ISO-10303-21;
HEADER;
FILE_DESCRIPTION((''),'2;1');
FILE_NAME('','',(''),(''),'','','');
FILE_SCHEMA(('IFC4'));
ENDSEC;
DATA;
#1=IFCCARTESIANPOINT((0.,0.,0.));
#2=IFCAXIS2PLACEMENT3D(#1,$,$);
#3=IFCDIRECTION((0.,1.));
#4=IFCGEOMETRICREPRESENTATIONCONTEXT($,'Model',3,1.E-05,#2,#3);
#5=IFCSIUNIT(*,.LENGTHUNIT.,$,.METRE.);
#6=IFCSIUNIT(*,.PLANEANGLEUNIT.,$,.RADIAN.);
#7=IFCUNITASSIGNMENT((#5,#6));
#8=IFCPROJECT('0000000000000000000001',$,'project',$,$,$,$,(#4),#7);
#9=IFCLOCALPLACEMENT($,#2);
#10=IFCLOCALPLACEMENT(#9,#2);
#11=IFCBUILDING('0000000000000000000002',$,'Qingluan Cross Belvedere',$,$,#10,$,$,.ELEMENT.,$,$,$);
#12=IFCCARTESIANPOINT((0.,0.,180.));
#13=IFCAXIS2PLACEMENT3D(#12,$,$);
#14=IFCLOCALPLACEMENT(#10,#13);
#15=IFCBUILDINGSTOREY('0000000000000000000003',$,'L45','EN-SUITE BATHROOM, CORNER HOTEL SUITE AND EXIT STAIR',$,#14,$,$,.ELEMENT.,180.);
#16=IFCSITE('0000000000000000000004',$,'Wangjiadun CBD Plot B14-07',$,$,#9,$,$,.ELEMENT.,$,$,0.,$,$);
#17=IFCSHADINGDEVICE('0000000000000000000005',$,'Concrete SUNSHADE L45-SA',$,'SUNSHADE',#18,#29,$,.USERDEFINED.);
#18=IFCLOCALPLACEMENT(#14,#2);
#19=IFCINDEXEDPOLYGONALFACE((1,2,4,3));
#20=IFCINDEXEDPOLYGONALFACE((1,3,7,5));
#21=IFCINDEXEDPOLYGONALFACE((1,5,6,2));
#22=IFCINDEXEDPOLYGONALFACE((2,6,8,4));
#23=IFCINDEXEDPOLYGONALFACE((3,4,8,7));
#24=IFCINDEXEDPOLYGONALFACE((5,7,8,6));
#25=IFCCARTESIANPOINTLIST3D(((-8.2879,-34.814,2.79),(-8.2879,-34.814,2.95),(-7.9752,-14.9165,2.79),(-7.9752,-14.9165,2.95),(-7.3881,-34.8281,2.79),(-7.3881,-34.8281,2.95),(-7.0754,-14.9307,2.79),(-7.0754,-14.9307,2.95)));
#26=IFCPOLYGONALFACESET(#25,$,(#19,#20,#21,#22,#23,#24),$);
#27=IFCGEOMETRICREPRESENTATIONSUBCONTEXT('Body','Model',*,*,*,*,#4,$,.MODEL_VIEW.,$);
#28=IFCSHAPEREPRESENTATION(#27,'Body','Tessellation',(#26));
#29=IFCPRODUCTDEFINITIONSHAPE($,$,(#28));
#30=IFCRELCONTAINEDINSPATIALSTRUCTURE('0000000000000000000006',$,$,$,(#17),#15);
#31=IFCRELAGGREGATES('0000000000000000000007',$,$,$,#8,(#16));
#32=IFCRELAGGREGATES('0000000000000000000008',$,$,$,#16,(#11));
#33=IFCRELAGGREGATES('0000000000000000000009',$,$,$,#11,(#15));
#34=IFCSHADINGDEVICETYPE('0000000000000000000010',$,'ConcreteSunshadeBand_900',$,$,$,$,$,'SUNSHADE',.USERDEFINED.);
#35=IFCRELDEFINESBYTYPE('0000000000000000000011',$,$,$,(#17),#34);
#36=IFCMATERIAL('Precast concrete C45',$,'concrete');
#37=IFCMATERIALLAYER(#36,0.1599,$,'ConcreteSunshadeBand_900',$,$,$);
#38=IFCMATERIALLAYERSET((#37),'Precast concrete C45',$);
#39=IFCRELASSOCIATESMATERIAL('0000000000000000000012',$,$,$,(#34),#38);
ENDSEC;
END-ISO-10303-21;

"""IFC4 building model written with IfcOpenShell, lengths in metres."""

from ifc_helpers import new_model, si_unit, direction, frame, origin, origin_2d, place, context, subcontext, project, spatial, rectangle, extrude, material, layer, layer_set, type_object, element, save


model = new_model("IFC4")

# Units and contexts
model_context = context("Model", 3, precision=1e-05, world=origin(), true_north=direction((0.0, 1.0)))
body_context = subcontext(model_context, "Body", "Model", "MODEL_VIEW")
ifc_project = project(units=[si_unit("LENGTHUNIT", "METRE"), si_unit("PLANEANGLEUNIT", "RADIAN")], contexts=[model_context])

# Site, building, storey
site_placement = place(None, origin())
site = spatial("IfcSite", under=ifc_project, at=site_placement, Name="Wangjiadun CBD Plot B14-07", CompositionType="ELEMENT", RefElevation=0.0)
building_placement = place(site_placement, origin())
building = spatial("IfcBuilding", under=site, at=building_placement, Name="Qingluan Cross Belvedere", CompositionType="ELEMENT")
storey_placement = place(building_placement, frame((0.0, 0.0, 180.0)))
storey = spatial("IfcBuildingStorey", under=building, at=storey_placement, Name="L45", Description="EN-SUITE BATHROOM, CORNER HOTEL SUITE AND EXIT STAIR", CompositionType="ELEMENT", Elevation=180.0)

# Shading device
ifc_material_1 = material(Name="Precast concrete C45", Category="concrete")
ifc_layer_1 = layer(ifc_material_1, 0.1599, Name="ConcreteSunshadeBand_900")
ifc_layer_set_1 = layer_set([ifc_layer_1], Name="Precast concrete C45")
shading_device_type = type_object("IfcShadingDeviceType", Name="ConcreteSunshadeBand_900", ElementType="SUNSHADE", PredefinedType="USERDEFINED", material=ifc_layer_set_1)
shading_device_placement = place(storey_placement, frame((-7.6816, -24.8723, 2.79), z_axis=(0.0, 0.0, 1.0), x_axis=(-0.015711, -0.999877, 0.0)))
element("IfcShadingDevice", 1, at=shading_device_placement, inside=storey, type_object=shading_device_type, Name="Concrete SUNSHADE L45-SA", ObjectType="SUNSHADE", PredefinedType="USERDEFINED", context=body_context, shape_type="SweptSolid", body=[
    extrude(rectangle(XDim=19.8999, YDim=0.8999, at=origin_2d()), origin(), (0.0, 0.0, 1.0), 0.1599),
])

save(model, "model.ifc")
